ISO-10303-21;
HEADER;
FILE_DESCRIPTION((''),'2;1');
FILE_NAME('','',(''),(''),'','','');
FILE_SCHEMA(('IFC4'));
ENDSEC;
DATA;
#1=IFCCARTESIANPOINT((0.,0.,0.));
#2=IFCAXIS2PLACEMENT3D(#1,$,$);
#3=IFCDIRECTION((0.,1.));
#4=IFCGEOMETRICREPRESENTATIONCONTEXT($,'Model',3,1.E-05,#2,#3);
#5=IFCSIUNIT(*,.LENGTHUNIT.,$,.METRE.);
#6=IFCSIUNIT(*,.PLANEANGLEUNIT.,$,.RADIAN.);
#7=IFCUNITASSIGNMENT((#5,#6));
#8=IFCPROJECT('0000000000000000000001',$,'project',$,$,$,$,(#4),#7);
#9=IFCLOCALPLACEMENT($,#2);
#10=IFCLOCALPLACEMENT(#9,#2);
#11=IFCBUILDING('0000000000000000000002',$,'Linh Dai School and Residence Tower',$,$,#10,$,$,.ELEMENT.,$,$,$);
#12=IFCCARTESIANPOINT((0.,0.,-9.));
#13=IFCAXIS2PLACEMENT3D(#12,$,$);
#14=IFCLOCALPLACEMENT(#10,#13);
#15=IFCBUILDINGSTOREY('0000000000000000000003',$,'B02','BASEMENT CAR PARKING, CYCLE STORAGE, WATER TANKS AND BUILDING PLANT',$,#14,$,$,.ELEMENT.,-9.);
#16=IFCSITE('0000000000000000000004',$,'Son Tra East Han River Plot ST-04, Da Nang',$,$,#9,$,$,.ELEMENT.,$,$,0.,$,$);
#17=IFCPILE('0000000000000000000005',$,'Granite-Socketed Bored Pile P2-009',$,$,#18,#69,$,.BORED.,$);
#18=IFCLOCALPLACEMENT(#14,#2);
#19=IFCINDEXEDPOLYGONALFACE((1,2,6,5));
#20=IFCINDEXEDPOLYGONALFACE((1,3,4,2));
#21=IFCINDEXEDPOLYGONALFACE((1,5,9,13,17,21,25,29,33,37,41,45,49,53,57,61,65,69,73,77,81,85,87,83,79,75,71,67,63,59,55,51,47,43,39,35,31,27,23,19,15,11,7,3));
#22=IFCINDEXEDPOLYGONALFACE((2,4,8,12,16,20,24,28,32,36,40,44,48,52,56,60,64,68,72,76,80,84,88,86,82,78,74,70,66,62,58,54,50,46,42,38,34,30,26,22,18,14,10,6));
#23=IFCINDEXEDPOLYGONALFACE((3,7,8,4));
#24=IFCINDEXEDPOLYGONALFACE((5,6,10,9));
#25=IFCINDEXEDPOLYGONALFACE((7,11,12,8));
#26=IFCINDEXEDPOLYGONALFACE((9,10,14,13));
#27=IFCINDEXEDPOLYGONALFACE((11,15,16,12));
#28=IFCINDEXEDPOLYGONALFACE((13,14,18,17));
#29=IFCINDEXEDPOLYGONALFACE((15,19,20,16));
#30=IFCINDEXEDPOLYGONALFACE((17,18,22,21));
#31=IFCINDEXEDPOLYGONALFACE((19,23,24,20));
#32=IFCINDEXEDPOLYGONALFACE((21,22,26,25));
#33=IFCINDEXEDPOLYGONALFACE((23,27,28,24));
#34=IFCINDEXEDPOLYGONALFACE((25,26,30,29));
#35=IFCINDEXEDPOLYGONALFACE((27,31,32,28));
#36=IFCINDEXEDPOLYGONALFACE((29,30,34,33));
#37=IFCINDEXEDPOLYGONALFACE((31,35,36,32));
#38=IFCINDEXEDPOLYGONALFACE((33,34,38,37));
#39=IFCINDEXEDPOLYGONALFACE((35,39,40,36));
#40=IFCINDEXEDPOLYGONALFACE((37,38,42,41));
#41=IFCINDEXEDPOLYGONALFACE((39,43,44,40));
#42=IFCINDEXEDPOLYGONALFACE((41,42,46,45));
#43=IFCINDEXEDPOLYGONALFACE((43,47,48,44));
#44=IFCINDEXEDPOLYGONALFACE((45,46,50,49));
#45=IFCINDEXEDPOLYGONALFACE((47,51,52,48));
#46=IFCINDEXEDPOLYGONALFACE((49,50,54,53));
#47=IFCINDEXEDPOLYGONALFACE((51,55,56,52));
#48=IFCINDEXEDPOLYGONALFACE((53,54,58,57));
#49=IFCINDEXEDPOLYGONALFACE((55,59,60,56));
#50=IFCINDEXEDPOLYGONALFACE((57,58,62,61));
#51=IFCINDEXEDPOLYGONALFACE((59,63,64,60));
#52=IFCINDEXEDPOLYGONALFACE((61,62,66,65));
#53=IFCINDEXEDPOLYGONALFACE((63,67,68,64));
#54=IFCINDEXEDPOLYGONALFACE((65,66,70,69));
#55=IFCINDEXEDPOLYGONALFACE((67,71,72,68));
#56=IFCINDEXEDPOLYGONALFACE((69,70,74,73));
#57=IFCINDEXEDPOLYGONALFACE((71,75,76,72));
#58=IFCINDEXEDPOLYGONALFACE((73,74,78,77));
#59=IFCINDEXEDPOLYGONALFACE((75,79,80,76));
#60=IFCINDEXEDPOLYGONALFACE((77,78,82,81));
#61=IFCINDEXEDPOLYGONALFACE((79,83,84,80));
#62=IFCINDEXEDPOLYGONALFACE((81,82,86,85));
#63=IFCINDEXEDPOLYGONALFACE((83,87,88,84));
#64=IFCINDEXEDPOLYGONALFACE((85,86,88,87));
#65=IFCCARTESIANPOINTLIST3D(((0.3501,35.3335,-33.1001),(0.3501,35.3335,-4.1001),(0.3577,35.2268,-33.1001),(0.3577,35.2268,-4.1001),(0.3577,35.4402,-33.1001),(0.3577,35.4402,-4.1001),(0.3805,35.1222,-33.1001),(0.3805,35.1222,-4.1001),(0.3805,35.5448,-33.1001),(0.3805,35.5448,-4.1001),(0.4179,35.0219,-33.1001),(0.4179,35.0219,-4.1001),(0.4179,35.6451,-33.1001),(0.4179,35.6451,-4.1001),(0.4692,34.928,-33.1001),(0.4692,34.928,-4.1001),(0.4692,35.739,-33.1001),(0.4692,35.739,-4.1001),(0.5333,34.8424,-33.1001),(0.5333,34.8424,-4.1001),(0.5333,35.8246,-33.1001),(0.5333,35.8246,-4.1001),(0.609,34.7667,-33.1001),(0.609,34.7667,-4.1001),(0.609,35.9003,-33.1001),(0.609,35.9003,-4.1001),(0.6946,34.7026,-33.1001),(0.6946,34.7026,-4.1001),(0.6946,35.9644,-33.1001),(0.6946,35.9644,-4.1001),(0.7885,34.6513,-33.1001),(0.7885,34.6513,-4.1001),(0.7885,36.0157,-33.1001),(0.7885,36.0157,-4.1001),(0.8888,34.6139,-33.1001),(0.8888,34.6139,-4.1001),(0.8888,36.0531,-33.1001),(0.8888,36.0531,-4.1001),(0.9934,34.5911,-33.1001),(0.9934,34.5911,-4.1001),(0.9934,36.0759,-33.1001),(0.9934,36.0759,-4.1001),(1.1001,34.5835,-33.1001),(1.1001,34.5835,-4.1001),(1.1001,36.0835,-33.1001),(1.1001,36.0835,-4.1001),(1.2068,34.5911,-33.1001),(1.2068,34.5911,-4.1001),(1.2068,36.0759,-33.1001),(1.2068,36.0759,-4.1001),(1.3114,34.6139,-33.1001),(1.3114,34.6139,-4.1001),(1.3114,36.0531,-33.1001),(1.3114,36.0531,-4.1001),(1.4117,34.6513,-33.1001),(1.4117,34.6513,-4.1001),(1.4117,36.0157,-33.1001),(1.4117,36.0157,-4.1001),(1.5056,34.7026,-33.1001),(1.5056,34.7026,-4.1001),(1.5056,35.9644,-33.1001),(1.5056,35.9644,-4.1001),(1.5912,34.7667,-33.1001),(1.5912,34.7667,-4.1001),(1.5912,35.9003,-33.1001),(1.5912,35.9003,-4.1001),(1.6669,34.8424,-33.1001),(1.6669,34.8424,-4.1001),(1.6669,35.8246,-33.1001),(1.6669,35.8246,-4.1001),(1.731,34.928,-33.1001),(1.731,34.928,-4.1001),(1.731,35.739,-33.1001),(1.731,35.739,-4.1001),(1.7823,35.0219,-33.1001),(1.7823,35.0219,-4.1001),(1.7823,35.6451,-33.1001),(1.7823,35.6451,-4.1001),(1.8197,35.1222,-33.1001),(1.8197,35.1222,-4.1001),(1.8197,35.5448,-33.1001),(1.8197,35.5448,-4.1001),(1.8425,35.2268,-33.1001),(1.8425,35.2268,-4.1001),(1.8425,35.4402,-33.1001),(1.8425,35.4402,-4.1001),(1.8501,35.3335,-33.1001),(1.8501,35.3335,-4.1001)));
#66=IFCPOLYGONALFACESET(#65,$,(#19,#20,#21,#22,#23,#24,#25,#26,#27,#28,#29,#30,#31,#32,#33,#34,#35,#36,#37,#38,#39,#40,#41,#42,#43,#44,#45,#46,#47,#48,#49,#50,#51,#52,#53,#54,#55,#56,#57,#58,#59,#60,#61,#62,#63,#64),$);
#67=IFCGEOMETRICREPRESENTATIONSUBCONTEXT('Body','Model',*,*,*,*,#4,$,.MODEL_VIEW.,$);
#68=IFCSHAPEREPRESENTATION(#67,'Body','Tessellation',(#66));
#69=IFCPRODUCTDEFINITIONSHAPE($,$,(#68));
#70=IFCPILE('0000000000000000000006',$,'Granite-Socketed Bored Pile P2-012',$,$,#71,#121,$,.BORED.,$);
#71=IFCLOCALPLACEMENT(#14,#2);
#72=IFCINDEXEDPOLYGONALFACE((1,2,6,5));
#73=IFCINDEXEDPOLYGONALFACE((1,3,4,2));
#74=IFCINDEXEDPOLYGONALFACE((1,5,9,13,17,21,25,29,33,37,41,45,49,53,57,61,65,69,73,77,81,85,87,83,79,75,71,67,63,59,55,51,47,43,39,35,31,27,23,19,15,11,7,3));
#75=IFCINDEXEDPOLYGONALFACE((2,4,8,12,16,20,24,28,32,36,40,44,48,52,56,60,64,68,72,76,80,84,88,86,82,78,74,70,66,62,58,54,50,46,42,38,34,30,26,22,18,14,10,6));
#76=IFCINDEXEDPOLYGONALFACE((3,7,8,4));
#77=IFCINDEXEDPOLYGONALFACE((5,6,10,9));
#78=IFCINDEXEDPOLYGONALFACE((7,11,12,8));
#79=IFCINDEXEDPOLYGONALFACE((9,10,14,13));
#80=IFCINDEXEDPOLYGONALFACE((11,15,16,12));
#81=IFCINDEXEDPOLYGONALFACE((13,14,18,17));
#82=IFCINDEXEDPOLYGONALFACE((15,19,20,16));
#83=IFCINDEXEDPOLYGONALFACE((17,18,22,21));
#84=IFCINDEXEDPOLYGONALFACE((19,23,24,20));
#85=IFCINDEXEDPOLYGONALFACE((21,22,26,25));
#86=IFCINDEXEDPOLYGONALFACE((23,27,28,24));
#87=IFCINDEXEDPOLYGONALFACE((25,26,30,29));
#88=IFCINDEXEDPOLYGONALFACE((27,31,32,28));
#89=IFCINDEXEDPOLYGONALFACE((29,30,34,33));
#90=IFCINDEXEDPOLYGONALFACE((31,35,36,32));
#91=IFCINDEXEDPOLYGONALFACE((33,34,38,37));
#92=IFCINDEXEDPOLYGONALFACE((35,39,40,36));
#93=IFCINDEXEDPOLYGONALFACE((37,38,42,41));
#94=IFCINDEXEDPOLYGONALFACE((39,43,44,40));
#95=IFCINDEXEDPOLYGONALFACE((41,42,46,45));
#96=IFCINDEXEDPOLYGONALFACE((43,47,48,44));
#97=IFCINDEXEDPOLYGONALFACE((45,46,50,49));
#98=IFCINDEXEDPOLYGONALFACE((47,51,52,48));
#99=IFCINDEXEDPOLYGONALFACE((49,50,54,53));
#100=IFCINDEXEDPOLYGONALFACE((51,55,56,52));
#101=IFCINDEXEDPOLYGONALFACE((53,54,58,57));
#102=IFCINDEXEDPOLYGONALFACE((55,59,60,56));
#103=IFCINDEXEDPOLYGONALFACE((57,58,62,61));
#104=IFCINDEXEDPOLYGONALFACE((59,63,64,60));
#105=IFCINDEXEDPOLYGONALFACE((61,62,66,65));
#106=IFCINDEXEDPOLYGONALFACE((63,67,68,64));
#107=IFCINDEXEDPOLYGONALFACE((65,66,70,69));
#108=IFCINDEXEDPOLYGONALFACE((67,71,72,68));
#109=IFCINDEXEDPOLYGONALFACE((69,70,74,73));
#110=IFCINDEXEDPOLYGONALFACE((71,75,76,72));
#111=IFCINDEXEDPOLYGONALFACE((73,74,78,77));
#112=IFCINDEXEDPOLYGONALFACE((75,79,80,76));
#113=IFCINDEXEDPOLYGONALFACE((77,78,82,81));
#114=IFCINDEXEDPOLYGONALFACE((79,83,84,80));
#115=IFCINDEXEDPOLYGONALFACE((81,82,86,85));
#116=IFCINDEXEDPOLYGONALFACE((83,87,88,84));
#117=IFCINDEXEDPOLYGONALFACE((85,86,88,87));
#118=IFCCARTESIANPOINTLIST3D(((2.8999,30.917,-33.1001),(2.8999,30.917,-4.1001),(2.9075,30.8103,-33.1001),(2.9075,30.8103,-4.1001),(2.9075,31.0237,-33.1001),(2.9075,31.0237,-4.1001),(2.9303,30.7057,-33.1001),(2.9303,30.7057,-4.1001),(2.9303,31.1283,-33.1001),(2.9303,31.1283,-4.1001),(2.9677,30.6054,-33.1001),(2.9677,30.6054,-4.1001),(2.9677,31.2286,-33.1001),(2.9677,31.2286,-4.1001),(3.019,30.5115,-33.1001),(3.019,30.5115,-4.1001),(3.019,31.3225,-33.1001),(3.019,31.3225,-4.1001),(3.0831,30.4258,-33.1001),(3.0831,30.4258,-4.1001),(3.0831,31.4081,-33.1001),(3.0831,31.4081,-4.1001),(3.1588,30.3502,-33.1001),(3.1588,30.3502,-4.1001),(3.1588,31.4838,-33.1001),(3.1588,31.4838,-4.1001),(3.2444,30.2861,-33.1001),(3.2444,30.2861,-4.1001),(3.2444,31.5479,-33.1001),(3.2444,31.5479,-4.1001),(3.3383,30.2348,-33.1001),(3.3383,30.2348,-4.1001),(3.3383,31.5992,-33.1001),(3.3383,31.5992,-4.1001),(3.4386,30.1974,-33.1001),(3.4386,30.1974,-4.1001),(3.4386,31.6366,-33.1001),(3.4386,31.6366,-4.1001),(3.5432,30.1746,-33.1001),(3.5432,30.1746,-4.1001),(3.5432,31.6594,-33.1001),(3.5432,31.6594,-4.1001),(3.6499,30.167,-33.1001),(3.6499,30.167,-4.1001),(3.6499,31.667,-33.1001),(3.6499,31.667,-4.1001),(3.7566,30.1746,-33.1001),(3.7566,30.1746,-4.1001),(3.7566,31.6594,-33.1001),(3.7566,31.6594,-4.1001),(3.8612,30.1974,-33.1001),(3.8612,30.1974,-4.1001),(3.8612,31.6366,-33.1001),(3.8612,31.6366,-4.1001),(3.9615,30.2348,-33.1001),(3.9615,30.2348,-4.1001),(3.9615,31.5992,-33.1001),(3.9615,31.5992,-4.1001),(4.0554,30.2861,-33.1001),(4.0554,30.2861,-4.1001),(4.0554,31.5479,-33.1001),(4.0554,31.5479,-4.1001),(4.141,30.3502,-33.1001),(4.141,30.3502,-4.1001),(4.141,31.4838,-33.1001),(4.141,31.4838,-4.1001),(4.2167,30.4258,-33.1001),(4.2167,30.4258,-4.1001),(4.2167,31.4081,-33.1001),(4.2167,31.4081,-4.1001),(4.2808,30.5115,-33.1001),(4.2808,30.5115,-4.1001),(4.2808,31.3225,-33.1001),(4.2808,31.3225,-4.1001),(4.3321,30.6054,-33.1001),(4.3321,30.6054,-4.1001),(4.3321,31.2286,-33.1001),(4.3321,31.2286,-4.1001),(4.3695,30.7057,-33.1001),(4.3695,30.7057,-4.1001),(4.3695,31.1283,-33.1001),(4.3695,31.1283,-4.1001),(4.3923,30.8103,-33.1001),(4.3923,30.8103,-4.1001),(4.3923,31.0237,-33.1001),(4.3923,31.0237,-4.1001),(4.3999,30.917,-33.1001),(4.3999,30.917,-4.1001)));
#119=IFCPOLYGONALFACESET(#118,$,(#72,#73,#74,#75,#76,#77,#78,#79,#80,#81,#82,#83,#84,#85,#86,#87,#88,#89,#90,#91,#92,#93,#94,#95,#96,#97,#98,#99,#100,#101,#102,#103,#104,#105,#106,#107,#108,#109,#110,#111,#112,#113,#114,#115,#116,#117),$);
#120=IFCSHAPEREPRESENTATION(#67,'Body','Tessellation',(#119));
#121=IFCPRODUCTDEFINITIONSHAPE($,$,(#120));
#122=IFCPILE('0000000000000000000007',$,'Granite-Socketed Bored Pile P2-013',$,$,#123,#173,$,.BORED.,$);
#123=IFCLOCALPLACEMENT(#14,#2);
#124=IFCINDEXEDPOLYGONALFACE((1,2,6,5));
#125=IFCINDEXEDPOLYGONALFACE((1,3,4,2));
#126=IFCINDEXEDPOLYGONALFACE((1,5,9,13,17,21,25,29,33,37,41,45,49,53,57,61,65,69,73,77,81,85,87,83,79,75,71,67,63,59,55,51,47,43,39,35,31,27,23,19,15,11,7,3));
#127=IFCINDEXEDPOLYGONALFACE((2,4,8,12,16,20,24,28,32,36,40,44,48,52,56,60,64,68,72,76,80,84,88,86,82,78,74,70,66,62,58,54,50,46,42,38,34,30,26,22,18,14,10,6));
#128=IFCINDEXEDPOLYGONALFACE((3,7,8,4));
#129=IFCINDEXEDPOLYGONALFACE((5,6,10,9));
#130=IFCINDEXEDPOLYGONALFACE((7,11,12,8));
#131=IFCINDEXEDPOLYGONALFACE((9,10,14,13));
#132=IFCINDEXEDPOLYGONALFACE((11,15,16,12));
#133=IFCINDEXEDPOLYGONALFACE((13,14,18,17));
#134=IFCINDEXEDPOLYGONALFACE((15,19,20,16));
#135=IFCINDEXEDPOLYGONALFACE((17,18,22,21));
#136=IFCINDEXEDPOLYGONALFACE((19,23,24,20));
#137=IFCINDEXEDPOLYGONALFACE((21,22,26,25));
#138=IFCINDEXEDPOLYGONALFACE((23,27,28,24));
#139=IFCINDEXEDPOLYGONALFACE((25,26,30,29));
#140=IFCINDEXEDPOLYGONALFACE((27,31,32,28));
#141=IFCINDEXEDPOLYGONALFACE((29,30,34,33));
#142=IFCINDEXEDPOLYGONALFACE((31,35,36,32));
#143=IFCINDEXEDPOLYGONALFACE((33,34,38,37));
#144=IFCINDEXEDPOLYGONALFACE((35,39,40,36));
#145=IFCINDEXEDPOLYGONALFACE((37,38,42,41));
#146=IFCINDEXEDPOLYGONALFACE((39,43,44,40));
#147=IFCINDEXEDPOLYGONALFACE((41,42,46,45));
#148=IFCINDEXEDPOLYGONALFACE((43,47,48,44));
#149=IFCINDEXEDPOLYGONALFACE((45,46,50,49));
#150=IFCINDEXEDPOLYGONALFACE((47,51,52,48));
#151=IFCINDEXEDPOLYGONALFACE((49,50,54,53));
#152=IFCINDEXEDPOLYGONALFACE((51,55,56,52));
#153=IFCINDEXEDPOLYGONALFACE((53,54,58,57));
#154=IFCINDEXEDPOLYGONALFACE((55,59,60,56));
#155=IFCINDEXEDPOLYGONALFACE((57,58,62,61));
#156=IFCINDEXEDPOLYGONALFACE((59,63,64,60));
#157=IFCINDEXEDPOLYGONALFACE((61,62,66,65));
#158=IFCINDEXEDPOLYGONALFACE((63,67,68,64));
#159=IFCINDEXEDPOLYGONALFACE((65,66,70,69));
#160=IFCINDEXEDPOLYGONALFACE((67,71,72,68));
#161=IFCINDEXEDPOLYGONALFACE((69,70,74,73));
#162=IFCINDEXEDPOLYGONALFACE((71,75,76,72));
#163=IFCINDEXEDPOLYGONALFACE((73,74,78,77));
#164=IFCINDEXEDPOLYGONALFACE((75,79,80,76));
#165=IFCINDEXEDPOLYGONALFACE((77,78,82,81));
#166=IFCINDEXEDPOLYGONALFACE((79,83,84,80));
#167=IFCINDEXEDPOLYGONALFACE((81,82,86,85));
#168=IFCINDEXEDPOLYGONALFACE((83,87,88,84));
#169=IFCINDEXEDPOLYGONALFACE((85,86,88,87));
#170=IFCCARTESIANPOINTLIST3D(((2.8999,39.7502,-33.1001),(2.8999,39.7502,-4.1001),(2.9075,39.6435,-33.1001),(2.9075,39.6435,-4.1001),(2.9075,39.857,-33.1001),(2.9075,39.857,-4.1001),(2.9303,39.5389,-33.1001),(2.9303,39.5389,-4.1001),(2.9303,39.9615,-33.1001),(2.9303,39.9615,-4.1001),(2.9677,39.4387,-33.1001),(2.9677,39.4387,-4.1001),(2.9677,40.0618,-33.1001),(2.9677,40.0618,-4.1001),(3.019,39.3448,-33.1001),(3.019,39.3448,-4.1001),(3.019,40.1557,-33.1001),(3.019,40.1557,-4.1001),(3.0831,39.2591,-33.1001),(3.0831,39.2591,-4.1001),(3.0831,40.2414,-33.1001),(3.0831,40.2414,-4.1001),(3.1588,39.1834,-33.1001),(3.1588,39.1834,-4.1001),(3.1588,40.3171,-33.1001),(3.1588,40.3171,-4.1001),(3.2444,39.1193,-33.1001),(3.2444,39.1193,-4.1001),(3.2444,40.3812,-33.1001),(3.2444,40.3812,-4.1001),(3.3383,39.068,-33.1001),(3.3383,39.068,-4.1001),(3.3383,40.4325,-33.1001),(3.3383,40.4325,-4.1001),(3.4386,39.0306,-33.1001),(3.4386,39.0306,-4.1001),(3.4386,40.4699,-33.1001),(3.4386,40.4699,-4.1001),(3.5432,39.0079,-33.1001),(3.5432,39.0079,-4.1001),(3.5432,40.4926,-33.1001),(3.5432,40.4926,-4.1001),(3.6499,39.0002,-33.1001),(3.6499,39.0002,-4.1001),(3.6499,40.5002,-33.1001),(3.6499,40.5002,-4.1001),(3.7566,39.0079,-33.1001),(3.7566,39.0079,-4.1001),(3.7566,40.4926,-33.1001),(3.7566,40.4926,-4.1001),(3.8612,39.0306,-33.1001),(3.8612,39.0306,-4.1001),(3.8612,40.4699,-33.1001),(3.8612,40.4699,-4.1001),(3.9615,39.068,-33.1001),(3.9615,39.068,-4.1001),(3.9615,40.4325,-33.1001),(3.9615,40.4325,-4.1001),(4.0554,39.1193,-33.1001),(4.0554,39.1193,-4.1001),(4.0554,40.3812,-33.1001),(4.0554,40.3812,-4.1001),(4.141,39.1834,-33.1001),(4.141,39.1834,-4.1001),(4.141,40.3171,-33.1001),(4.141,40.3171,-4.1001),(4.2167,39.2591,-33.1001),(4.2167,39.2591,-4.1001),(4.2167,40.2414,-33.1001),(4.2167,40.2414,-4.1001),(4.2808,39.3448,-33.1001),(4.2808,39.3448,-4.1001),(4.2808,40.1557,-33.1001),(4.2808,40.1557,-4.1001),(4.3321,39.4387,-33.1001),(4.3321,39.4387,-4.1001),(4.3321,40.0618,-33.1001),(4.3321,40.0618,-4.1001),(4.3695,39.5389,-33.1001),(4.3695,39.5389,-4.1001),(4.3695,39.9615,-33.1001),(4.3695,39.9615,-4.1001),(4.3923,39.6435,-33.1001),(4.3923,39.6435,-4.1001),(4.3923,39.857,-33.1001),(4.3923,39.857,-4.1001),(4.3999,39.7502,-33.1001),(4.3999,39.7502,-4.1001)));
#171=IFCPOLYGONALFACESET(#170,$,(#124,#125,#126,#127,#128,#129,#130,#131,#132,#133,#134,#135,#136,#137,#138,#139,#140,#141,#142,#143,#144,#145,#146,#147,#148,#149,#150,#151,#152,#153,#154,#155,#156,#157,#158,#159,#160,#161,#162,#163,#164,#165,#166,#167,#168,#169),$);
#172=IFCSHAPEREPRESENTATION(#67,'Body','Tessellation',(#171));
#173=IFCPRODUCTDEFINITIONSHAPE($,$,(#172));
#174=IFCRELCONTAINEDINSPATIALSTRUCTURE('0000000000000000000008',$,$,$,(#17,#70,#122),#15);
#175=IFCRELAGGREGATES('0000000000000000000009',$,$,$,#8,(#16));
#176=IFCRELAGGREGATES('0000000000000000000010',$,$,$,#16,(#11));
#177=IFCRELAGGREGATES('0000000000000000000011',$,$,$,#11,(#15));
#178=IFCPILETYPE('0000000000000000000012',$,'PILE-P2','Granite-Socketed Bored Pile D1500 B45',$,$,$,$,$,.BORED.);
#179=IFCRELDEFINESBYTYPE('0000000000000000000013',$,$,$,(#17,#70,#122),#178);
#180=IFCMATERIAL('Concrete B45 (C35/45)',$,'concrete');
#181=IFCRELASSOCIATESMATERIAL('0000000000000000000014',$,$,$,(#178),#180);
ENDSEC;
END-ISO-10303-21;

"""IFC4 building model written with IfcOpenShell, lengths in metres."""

from ifc_helpers import new_model, si_unit, direction, frame, origin, origin_2d, place, context, subcontext, project, spatial, circle, extrude, material, material_profile, profile_set, type_object, element, save


model = new_model("IFC4")

# Units and contexts
model_context = context("Model", 3, precision=1e-05, world=origin(), true_north=direction((0.0, 1.0)))
body_context = subcontext(model_context, "Body", "Model", "MODEL_VIEW")
ifc_project = project(units=[si_unit("LENGTHUNIT", "METRE"), si_unit("PLANEANGLEUNIT", "RADIAN")], contexts=[model_context])

# Site, building, storey
site_placement = place(None, origin())
site = spatial("IfcSite", under=ifc_project, at=site_placement, Name="Son Tra East Han River Plot ST-04, Da Nang", CompositionType="ELEMENT", RefElevation=0.0)
building_placement = place(site_placement, origin())
building = spatial("IfcBuilding", under=site, at=building_placement, Name="Linh Dai School and Residence Tower", CompositionType="ELEMENT")
storey_placement = place(building_placement, frame((0.0, 0.0, -9.0)))
storey = spatial("IfcBuildingStorey", under=building, at=storey_placement, Name="B02", Description="BASEMENT CAR PARKING, CYCLE STORAGE, WATER TANKS AND BUILDING PLANT", CompositionType="ELEMENT", Elevation=-9.0)

# Piles
ifc_material_1 = material(Name="Concrete B45 (C35/45)", Category="concrete")
ifc_material_profile_1 = material_profile(ifc_material_1, circle(Radius=0.75, at=origin_2d()), Name="PILE D1500")
ifc_profile_set_1 = profile_set([ifc_material_profile_1], Name="Concrete B45 (C35/45)")
pile_type = type_object("IfcPileType", Name="PILE-P2", Description="Granite-Socketed Bored Pile D1500 B45", PredefinedType="BORED", material=ifc_profile_set_1)
for number, where, z_axis, x_axis, name in (
    (1, (1.1001, 35.3335, -4.1001), (0.0, 0.0, -1.0), (1.0, 0.0, 0.0), "Granite-Socketed Bored Pile P2-009"),
    (2, (3.6499, 30.917, -4.1001), (0.0, 0.0, -1.0), (1.0, 0.0, 0.0), "Granite-Socketed Bored Pile P2-012"),
    (3, (3.6499, 39.7502, -4.1001), (0.0, 0.0, -1.0), (1.0, 0.0, 0.0), "Granite-Socketed Bored Pile P2-013"),
):
    element("IfcPile", number, at=place(storey_placement, frame(where, z_axis=z_axis, x_axis=x_axis)), inside=storey, type_object=pile_type, Name=name, PredefinedType="BORED", context=body_context, shape_type="SweptSolid", body=[
        extrude(circle(Radius=0.75, at=origin_2d()), origin(), (0.0, 0.0, 1.0), 29.0),
    ])

save(model, "model.ifc")
